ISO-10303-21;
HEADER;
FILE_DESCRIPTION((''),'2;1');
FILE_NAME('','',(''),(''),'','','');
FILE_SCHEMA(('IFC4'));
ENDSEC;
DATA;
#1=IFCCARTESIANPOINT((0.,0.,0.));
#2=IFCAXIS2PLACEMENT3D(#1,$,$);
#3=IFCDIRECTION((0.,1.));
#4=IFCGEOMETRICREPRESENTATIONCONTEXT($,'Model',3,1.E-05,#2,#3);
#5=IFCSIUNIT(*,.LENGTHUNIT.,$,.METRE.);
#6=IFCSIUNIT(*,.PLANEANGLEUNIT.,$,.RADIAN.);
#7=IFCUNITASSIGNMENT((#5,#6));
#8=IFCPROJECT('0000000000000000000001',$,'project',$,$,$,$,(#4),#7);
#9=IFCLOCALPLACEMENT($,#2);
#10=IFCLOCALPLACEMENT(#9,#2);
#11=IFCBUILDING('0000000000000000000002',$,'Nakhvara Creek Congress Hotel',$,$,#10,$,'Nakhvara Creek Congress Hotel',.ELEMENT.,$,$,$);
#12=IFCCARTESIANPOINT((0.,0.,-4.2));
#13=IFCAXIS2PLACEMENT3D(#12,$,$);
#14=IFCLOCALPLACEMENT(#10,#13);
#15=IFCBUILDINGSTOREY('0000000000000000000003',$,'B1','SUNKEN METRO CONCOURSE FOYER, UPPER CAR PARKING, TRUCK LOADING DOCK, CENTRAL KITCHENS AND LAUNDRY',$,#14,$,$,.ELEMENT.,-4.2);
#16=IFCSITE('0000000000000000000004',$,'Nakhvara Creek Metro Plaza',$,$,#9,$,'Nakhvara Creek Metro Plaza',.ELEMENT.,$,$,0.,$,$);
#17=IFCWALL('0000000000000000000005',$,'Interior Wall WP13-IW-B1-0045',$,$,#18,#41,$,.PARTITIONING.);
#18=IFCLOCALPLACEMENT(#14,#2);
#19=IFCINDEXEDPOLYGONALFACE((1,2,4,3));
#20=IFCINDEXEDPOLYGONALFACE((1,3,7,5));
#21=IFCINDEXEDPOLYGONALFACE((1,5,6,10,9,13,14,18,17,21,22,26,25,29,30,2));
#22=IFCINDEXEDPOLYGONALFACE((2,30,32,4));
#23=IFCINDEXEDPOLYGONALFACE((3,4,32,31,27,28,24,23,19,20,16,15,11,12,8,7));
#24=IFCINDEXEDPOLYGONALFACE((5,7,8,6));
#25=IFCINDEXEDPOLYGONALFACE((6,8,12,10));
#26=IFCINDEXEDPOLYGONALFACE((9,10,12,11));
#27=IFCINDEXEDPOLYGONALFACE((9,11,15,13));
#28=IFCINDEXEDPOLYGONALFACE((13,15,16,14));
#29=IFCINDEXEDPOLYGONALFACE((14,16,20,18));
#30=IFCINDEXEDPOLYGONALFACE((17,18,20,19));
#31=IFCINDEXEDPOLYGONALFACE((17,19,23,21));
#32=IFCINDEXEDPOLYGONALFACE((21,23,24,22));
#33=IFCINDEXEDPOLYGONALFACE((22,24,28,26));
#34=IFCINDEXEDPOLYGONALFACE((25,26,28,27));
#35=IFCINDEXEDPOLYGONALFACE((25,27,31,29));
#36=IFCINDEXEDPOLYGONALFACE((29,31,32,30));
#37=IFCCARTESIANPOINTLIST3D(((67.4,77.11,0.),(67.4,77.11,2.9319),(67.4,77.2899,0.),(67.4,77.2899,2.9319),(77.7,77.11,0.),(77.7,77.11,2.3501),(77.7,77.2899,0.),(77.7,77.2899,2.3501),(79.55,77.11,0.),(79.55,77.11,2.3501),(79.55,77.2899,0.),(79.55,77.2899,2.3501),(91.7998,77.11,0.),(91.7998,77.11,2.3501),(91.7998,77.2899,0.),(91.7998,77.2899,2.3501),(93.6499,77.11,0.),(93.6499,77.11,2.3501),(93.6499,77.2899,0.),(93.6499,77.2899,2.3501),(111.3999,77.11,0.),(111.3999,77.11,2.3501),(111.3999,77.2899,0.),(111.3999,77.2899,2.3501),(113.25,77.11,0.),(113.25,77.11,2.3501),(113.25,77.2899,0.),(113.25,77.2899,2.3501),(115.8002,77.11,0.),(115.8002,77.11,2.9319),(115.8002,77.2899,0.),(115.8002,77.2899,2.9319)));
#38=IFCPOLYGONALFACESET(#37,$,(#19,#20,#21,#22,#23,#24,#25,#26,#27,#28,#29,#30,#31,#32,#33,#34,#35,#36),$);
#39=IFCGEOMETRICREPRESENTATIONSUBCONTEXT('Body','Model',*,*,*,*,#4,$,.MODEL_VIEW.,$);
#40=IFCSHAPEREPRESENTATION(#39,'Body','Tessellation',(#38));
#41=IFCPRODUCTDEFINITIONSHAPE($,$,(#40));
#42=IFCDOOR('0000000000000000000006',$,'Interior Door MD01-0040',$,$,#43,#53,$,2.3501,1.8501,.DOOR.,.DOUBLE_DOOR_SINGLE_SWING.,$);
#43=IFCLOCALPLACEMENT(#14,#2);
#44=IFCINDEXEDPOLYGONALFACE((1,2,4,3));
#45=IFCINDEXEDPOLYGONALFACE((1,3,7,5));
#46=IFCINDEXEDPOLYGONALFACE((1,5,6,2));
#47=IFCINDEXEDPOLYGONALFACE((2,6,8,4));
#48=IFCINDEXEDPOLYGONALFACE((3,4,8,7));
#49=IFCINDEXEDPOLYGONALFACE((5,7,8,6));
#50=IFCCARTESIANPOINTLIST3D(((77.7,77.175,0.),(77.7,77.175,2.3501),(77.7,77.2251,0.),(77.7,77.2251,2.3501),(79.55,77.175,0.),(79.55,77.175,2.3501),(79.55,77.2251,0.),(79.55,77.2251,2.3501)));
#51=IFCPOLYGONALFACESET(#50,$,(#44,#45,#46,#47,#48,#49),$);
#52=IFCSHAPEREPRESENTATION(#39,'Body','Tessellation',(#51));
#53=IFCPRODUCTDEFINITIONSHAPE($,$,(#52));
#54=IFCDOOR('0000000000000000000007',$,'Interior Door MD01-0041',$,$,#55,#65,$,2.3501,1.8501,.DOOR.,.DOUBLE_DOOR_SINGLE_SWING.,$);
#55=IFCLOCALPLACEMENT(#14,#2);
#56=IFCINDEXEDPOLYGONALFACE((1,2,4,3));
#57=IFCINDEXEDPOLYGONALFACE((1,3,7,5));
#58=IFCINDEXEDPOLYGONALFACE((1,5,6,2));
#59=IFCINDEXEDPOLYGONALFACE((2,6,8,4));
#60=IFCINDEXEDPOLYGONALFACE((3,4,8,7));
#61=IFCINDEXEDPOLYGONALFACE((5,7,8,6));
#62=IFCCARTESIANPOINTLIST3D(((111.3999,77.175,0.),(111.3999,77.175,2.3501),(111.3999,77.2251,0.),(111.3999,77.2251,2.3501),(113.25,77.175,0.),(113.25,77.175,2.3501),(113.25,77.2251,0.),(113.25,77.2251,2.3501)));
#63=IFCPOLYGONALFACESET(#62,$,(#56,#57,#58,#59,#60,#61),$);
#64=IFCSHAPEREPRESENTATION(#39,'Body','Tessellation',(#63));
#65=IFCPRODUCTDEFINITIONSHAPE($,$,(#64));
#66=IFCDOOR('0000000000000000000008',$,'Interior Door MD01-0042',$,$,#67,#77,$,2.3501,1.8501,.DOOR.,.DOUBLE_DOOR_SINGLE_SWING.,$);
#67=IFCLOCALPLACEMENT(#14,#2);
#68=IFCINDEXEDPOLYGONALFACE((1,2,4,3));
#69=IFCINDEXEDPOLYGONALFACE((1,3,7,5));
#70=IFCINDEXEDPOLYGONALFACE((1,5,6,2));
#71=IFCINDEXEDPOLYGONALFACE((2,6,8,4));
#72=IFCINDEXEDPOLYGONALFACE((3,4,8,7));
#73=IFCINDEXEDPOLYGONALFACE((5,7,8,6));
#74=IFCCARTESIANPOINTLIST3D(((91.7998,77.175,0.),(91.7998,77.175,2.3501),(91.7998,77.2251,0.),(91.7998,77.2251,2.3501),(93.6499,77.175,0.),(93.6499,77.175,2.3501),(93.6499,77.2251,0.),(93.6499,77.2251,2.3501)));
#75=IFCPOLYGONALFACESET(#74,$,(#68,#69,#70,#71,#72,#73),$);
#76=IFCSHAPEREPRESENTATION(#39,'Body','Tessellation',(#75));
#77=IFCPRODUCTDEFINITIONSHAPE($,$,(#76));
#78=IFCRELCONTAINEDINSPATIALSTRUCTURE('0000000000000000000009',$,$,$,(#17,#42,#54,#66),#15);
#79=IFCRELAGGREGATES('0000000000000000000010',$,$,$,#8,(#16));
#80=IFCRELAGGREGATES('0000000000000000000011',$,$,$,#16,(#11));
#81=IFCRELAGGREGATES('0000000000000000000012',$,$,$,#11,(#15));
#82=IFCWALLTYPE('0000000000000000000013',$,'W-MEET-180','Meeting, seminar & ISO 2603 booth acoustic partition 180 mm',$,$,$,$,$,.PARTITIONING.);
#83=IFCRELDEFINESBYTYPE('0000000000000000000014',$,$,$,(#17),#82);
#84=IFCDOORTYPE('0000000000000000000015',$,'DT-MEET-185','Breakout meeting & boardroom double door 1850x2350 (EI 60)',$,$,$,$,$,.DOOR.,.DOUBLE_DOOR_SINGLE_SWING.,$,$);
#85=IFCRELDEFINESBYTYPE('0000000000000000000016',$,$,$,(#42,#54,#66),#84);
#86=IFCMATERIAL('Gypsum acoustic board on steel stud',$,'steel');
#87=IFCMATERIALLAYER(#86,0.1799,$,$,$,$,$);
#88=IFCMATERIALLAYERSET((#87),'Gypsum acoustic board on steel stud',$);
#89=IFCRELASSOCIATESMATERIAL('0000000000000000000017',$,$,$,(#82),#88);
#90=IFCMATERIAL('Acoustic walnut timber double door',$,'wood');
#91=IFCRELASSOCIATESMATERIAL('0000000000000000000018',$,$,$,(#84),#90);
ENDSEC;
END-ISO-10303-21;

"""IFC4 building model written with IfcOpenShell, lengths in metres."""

from ifc_helpers import new_model, si_unit, direction, frame, frame_2d, origin, place, context, subcontext, project, spatial, rectangle, extrude, material, layer, layer_set, type_object, element, fill, save


model = new_model("IFC4")

# Units and contexts
model_context = context("Model", 3, precision=1e-05, world=origin(), true_north=direction((0.0, 1.0)))
body_context = subcontext(model_context, "Body", "Model", "MODEL_VIEW")
ifc_project = project(units=[si_unit("LENGTHUNIT", "METRE"), si_unit("PLANEANGLEUNIT", "RADIAN")], contexts=[model_context])

# Site, building, storey
site_placement = place(None, origin())
site = spatial("IfcSite", under=ifc_project, at=site_placement, Name="Nakhvara Creek Metro Plaza", LongName="Nakhvara Creek Metro Plaza", CompositionType="ELEMENT", RefElevation=0.0)
building_placement = place(site_placement, origin())
building = spatial("IfcBuilding", under=site, at=building_placement, Name="Nakhvara Creek Congress Hotel", LongName="Nakhvara Creek Congress Hotel", CompositionType="ELEMENT")
storey_placement = place(building_placement, frame((0.0, 0.0, -4.2)))
storey = spatial("IfcBuildingStorey", under=building, at=storey_placement, Name="B1", Description="SUNKEN METRO CONCOURSE FOYER, UPPER CAR PARKING, TRUCK LOADING DOCK, CENTRAL KITCHENS AND LAUNDRY", CompositionType="ELEMENT", Elevation=-4.2)

# Wall, openings, doors
ifc_material_1 = material(Name="Gypsum acoustic board on steel stud", Category="steel")
ifc_layer_1 = layer(ifc_material_1, 0.1799)
ifc_layer_set_1 = layer_set([ifc_layer_1], Name="Gypsum acoustic board on steel stud")
wall_type = type_object("IfcWallType", Name="W-MEET-180", Description="Meeting, seminar & ISO 2603 booth acoustic partition 180 mm", PredefinedType="PARTITIONING", material=ifc_layer_set_1)
wall_placement = place(storey_placement, frame((67.3999, 77.2, 0.0), z_axis=(0.0, 0.0, 1.0), x_axis=(1.0, 0.0, 0.0)))
wall = element("IfcWall", 1, at=wall_placement, inside=storey, type_object=wall_type, Name="Interior Wall WP13-IW-B1-0045", PredefinedType="PARTITIONING", context=body_context, shape_type="SweptSolid", body=[
    extrude(rectangle(XDim=48.4001, YDim=0.1799, at=frame_2d((24.2002, 0.0))), origin(), (0.0, 0.0, 1.0), 2.9319),
])
opening_1_placement = place(wall_placement, frame((10.3, 0.0, 0.0)))
opening_1 = element("IfcOpeningElement", 2, at=opening_1_placement, cuts=wall, PredefinedType="OPENING", context=body_context, shape_type="SweptSolid", body=[
    extrude(rectangle(XDim=1.8501, YDim=2.3501, at=frame_2d((0.925, 1.175))), frame((0.0, 0.1021, 0.0), z_axis=(0.0, -1.0, 0.0), x_axis=(1.0, 0.0, 0.0)), (0.0, 0.0, 1.0), 0.2039),
])
opening_2_placement = place(wall_placement, frame((44.0, 0.0, 0.0)))
opening_2 = element("IfcOpeningElement", 3, at=opening_2_placement, cuts=wall, PredefinedType="OPENING", context=body_context, shape_type="SweptSolid", body=[
    extrude(rectangle(XDim=1.8501, YDim=2.3501, at=frame_2d((0.925, 1.175))), frame((0.0, 0.1021, 0.0), z_axis=(0.0, -1.0, 0.0), x_axis=(1.0, 0.0, 0.0)), (0.0, 0.0, 1.0), 0.2039),
])
opening_3_placement = place(wall_placement, frame((24.3999, 0.0, 0.0)))
opening_3 = element("IfcOpeningElement", 4, at=opening_3_placement, cuts=wall, PredefinedType="OPENING", context=body_context, shape_type="SweptSolid", body=[
    extrude(rectangle(XDim=1.8501, YDim=2.3501, at=frame_2d((0.925, 1.175))), frame((0.0, 0.1021, 0.0), z_axis=(0.0, -1.0, 0.0), x_axis=(1.0, 0.0, 0.0)), (0.0, 0.0, 1.0), 0.2039),
])
ifc_material_2 = material(Name="Acoustic walnut timber double door", Category="wood")
door_type = type_object("IfcDoorType", Name="DT-MEET-185", Description="Breakout meeting & boardroom double door 1850x2350 (EI 60)", OperationType="DOUBLE_DOOR_SINGLE_SWING", PredefinedType="DOOR", material=ifc_material_2)
door_1_placement = place(opening_1_placement, frame((1.8501, 0.0, 0.0), z_axis=(0.0, 0.0, 1.0), x_axis=(-1.0, 0.0, 0.0)))
door_1 = element("IfcDoor", 5, at=door_1_placement, inside=storey, type_object=door_type, Name="Interior Door MD01-0040", OperationType="DOUBLE_DOOR_SINGLE_SWING", OverallHeight=2.3501, OverallWidth=1.8501, PredefinedType="DOOR", context=body_context, shape_type="SweptSolid", body=[
    extrude(rectangle(XDim=1.8501, YDim=2.3501, at=frame_2d((0.925, 1.175))), frame((0.0, 0.0249, 0.0), z_axis=(0.0, -1.0, 0.0), x_axis=(1.0, 0.0, 0.0)), (0.0, 0.0, 1.0), 0.05),
])
fill(opening_1, door_1)
door_2_placement = place(opening_2_placement, frame((1.8501, 0.0, 0.0), z_axis=(0.0, 0.0, 1.0), x_axis=(-1.0, 0.0, 0.0)))
door_2 = element("IfcDoor", 6, at=door_2_placement, inside=storey, type_object=door_type, Name="Interior Door MD01-0041", OperationType="DOUBLE_DOOR_SINGLE_SWING", OverallHeight=2.3501, OverallWidth=1.8501, PredefinedType="DOOR", context=body_context, shape_type="SweptSolid", body=[
    extrude(rectangle(XDim=1.8501, YDim=2.3501, at=frame_2d((0.925, 1.175))), frame((0.0, 0.0249, 0.0), z_axis=(0.0, -1.0, 0.0), x_axis=(1.0, 0.0, 0.0)), (0.0, 0.0, 1.0), 0.05),
])
fill(opening_2, door_2)
door_3_placement = place(opening_3_placement, frame((1.8501, 0.0, 0.0), z_axis=(0.0, 0.0, 1.0), x_axis=(-1.0, 0.0, 0.0)))
door_3 = element("IfcDoor", 7, at=door_3_placement, inside=storey, type_object=door_type, Name="Interior Door MD01-0042", OperationType="DOUBLE_DOOR_SINGLE_SWING", OverallHeight=2.3501, OverallWidth=1.8501, PredefinedType="DOOR", context=body_context, shape_type="SweptSolid", body=[
    extrude(rectangle(XDim=1.8501, YDim=2.3501, at=frame_2d((0.925, 1.175))), frame((0.0, 0.0249, 0.0), z_axis=(0.0, -1.0, 0.0), x_axis=(1.0, 0.0, 0.0)), (0.0, 0.0, 1.0), 0.05),
])
fill(opening_3, door_3)

save(model, "model.ifc")
